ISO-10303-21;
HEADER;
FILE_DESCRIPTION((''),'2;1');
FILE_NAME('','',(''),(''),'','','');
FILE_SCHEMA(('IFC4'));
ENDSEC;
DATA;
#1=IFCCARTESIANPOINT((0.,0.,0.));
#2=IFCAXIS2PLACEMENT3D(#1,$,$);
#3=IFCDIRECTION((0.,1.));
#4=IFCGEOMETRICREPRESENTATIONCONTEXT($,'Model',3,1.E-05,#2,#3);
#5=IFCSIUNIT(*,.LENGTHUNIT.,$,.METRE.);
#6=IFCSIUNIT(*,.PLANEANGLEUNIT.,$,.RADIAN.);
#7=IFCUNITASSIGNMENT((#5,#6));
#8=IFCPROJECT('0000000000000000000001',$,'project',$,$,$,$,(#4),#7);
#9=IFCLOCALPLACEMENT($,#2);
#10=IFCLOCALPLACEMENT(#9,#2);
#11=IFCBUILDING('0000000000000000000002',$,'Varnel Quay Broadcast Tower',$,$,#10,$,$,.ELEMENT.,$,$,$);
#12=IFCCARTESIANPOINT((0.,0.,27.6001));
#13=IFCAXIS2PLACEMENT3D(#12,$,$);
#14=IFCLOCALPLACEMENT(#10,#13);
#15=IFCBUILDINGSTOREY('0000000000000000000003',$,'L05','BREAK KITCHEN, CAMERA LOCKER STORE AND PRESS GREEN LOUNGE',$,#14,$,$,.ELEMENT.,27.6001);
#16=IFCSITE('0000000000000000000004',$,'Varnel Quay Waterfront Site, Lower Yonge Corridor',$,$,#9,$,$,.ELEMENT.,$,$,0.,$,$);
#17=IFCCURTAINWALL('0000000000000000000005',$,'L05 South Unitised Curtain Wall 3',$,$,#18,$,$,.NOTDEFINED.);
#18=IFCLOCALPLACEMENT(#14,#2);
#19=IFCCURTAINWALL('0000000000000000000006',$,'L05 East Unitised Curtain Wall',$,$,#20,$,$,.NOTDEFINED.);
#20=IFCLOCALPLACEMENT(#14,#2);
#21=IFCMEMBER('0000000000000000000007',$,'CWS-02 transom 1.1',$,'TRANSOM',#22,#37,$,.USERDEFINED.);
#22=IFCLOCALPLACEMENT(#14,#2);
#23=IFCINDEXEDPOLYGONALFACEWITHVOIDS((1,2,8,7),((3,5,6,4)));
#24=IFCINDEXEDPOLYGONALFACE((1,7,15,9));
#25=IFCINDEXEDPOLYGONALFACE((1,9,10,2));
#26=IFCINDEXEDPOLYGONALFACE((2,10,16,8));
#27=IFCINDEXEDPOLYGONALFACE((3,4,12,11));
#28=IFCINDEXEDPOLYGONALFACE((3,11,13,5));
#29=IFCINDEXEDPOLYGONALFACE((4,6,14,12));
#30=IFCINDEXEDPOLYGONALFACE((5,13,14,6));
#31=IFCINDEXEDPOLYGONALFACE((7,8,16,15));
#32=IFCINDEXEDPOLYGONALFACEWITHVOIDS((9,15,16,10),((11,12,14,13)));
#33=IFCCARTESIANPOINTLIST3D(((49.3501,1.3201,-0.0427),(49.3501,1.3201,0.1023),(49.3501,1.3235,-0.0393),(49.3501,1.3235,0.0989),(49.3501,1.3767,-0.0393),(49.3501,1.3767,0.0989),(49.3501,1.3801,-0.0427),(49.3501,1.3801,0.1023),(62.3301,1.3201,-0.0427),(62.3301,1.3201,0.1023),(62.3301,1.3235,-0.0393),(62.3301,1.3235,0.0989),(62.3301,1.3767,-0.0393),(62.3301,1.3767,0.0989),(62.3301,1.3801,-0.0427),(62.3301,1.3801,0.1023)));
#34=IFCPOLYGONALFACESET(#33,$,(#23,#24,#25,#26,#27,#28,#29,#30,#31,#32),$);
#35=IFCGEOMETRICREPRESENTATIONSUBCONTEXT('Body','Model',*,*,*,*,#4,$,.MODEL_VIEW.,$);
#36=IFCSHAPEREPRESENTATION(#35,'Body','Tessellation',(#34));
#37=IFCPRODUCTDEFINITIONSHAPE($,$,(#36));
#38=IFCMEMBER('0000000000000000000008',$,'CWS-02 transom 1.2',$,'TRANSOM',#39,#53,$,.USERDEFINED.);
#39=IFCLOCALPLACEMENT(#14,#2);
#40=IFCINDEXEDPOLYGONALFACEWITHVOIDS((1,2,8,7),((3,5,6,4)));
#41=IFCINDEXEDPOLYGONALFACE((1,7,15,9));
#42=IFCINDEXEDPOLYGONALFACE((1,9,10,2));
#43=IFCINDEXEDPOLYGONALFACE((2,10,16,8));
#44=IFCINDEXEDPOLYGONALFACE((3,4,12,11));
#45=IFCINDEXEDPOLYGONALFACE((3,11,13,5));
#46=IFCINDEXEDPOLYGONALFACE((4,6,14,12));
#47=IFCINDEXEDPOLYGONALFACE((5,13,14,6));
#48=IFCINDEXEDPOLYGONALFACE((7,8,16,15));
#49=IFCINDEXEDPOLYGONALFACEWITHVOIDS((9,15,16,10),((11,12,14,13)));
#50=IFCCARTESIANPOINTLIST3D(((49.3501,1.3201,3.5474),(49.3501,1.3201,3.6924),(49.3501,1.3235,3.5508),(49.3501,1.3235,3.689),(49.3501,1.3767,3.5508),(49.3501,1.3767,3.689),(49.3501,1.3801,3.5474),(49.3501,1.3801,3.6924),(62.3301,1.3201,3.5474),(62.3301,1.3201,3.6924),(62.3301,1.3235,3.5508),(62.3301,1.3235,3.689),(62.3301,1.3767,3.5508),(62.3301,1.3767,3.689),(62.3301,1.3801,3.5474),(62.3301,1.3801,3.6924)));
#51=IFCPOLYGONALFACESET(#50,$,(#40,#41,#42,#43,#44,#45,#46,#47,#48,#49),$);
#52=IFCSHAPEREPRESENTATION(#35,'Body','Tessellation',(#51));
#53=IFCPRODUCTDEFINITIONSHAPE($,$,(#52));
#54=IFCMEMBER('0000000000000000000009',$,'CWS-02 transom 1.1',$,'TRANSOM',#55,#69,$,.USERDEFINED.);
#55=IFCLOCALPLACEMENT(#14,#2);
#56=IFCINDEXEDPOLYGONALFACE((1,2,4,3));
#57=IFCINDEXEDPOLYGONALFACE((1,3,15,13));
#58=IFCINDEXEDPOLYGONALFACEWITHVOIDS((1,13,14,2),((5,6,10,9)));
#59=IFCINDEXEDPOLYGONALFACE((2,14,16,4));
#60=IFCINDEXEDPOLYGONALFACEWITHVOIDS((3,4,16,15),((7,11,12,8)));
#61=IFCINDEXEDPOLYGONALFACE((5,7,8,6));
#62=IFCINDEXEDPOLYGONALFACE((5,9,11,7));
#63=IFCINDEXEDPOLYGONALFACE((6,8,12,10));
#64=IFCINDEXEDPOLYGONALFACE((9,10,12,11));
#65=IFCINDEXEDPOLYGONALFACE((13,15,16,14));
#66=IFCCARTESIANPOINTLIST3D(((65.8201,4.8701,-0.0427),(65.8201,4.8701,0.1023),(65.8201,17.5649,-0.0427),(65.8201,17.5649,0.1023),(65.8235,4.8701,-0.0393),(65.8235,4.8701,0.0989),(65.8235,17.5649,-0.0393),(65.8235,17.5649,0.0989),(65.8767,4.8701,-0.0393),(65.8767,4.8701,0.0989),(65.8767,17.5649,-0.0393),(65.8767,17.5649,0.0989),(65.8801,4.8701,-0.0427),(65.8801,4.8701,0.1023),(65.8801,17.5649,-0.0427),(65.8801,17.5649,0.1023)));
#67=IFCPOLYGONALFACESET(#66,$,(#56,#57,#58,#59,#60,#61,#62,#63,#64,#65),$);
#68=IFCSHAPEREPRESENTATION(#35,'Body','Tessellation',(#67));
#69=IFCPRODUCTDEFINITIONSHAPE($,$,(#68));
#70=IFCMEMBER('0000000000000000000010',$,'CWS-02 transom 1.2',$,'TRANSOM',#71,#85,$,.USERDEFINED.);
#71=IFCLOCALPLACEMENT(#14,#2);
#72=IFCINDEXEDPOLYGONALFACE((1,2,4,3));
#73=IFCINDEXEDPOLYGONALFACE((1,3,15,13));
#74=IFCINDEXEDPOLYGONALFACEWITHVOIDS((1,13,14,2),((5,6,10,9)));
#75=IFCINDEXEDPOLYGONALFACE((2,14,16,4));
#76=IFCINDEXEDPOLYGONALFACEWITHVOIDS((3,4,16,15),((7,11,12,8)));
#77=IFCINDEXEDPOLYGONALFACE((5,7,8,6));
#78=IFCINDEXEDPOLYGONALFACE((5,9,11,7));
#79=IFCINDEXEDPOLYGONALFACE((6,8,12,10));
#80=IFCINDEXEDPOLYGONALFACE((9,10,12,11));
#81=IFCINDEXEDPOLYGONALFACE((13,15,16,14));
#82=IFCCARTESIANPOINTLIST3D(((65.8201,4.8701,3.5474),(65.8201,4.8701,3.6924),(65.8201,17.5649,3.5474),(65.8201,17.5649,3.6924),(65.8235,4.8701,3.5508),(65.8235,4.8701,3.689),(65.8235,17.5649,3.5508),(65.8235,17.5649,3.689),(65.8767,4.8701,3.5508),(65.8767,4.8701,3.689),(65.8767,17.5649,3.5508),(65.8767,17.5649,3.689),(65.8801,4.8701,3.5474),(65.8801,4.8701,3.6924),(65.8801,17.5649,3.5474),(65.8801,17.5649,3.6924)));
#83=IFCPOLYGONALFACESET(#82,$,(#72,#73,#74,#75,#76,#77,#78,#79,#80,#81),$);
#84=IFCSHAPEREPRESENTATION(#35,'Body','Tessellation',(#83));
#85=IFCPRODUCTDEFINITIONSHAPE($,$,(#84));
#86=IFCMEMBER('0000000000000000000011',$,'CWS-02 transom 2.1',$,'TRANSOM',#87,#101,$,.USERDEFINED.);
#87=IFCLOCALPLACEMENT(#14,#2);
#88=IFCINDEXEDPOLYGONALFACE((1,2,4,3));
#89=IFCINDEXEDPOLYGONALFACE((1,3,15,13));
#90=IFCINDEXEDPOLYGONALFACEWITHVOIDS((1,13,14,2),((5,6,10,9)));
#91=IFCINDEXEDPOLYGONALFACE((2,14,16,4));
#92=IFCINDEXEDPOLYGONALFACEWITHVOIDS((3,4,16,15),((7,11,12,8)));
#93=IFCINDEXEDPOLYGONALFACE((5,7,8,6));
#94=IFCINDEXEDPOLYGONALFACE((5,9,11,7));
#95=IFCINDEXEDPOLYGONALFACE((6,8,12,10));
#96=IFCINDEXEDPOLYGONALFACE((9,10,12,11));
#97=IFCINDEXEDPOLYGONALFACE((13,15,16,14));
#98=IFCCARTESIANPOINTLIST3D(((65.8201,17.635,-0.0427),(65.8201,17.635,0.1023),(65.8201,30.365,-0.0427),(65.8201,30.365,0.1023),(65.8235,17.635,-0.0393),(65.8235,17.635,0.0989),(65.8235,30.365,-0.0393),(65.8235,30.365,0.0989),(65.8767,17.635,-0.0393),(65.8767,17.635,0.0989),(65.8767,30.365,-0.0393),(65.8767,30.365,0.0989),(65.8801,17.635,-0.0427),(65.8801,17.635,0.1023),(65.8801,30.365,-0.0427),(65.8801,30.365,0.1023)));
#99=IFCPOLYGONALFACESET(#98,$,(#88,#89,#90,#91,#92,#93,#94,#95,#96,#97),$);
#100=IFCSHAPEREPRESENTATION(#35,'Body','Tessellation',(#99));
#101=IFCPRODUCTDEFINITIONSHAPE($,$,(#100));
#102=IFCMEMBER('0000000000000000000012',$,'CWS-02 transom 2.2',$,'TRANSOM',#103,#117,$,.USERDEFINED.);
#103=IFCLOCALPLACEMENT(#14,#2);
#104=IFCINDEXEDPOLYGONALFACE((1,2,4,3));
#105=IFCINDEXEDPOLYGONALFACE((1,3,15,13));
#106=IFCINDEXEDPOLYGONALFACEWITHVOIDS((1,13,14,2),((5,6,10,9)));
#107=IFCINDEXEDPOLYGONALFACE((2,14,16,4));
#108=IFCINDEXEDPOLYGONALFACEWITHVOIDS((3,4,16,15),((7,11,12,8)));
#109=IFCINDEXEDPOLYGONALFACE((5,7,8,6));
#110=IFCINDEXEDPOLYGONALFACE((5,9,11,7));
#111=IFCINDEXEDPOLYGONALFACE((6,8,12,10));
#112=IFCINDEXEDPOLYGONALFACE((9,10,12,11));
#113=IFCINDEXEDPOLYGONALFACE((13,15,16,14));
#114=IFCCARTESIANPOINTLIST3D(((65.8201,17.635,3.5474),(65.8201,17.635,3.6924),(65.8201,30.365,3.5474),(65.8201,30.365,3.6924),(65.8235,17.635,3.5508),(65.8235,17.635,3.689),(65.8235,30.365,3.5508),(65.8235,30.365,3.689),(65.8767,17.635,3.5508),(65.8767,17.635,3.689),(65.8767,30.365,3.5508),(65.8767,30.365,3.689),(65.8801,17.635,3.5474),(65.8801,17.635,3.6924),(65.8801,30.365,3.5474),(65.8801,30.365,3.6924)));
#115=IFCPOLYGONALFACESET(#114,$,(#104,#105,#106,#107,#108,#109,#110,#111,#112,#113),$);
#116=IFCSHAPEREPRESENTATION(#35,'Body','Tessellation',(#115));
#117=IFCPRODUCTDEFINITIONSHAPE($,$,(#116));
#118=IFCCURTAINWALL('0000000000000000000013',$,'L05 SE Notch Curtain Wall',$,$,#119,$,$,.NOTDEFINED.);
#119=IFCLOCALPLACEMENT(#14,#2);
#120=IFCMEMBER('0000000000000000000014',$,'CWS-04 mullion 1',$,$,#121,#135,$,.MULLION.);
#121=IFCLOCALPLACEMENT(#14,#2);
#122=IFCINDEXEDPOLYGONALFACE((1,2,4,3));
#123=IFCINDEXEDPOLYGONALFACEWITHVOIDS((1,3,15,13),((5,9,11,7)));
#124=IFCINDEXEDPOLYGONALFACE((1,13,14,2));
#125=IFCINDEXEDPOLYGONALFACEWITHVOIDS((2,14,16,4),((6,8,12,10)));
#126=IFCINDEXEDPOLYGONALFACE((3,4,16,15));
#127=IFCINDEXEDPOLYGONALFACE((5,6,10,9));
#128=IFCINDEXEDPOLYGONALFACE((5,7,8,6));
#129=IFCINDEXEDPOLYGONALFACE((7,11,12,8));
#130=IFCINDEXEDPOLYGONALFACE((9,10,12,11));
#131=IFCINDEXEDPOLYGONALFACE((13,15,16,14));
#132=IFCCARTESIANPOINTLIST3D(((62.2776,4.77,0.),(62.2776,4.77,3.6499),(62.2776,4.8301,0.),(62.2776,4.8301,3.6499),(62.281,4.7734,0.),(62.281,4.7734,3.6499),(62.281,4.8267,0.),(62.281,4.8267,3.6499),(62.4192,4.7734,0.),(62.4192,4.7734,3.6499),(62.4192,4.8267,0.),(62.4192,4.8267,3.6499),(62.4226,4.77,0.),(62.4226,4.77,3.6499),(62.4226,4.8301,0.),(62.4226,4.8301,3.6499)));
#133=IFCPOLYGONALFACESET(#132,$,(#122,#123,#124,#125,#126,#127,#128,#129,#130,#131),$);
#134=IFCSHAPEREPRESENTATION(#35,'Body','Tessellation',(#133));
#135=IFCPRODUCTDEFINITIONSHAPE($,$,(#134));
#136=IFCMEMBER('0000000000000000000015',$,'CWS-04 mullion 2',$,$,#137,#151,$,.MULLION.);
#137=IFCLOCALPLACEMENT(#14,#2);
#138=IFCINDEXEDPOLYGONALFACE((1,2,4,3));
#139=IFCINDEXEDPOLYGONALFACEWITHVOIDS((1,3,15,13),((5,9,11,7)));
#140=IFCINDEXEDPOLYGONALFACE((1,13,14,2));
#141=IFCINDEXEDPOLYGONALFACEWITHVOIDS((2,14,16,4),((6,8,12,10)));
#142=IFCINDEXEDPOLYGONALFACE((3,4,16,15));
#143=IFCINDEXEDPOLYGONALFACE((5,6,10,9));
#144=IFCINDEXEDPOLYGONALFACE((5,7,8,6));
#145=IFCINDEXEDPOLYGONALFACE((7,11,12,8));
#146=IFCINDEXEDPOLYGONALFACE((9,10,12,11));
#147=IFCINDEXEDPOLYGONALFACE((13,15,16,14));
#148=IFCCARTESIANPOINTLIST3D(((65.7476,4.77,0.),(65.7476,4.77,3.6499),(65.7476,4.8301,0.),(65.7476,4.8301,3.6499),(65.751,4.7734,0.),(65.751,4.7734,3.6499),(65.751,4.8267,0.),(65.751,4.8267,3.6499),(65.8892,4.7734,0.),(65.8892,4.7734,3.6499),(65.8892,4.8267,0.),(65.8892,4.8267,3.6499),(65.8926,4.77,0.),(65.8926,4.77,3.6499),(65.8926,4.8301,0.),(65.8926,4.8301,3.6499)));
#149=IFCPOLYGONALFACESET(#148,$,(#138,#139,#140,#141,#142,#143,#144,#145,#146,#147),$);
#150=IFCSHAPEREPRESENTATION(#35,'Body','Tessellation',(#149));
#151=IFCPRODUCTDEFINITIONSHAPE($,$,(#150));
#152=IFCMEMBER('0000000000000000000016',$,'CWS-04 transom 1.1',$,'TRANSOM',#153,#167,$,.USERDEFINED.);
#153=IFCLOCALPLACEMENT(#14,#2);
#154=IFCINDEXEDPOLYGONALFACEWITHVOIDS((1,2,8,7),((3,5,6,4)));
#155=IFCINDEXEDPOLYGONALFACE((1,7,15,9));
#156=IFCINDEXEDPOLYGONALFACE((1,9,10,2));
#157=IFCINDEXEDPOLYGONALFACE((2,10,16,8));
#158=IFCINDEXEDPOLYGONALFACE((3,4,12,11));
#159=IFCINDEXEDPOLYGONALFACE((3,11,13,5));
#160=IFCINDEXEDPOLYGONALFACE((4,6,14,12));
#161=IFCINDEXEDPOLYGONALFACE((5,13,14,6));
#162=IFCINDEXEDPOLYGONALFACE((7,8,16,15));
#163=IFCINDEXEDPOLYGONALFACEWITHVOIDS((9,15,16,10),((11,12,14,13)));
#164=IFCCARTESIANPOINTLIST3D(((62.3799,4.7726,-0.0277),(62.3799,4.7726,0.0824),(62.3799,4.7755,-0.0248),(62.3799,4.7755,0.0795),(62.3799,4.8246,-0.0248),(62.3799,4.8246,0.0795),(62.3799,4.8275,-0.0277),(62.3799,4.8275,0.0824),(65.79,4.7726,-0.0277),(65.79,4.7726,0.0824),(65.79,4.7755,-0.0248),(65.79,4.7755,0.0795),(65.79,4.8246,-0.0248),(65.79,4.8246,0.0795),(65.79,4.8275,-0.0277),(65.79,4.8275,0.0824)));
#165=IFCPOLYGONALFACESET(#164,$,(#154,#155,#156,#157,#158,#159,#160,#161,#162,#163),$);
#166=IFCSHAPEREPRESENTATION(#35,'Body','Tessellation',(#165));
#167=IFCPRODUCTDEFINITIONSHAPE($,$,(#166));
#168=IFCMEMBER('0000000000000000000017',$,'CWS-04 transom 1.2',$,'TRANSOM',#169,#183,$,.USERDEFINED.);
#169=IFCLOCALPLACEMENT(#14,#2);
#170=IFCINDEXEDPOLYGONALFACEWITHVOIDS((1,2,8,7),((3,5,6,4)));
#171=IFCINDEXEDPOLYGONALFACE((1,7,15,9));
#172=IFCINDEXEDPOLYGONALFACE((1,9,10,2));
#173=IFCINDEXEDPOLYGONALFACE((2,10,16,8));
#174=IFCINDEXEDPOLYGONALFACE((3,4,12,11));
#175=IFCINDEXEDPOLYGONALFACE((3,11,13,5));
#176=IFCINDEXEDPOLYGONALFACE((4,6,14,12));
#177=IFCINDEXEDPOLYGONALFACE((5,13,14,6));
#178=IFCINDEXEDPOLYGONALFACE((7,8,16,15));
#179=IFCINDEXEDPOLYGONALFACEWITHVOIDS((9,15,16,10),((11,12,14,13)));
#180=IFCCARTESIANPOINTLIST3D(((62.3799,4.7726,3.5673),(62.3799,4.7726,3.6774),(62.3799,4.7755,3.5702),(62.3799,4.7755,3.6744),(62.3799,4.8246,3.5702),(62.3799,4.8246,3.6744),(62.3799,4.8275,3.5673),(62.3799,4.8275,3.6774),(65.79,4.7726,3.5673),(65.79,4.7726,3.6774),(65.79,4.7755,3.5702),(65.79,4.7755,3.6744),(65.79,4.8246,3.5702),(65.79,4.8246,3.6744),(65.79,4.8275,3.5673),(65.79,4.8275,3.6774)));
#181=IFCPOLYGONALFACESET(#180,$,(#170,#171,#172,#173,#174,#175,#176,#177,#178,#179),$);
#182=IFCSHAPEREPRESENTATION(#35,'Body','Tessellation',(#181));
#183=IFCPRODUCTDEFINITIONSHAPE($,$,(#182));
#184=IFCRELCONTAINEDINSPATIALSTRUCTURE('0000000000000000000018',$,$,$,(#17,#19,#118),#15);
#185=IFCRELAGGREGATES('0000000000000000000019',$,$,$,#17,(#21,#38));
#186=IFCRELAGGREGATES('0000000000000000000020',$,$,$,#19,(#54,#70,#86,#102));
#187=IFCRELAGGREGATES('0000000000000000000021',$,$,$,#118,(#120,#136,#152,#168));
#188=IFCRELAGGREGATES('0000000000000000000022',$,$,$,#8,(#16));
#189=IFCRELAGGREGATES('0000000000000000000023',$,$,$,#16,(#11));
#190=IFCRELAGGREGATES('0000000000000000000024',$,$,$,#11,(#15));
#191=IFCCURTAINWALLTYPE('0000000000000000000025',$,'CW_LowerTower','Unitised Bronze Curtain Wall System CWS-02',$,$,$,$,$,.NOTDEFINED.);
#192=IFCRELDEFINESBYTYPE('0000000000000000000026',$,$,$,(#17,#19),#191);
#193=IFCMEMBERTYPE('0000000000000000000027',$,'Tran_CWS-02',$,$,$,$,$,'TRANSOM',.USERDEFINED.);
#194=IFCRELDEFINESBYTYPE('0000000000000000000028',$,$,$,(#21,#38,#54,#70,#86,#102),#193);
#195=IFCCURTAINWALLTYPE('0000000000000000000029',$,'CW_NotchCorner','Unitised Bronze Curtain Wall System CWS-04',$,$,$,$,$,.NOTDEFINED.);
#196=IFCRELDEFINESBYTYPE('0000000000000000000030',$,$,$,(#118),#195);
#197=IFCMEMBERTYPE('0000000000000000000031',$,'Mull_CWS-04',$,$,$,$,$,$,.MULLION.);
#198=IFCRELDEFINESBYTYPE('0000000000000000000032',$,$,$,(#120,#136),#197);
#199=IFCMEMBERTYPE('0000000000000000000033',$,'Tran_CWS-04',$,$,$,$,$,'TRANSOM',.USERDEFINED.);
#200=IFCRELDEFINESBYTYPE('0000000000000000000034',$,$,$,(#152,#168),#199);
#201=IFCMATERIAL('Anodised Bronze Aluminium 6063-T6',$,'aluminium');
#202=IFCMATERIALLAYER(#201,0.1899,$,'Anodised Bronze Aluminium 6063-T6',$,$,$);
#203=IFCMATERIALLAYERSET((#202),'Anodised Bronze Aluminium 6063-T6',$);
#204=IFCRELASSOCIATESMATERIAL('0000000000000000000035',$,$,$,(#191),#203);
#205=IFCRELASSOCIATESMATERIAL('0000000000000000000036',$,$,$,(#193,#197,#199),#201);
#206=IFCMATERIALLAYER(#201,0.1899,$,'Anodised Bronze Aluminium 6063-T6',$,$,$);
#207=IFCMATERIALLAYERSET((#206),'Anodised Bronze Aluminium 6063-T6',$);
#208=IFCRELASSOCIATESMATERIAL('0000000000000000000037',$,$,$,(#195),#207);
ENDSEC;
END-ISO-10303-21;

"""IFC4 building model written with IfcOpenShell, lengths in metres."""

from ifc_helpers import new_model, si_unit, direction, frame, origin, origin_2d, place, context, subcontext, project, spatial, hollow_rectangle, extrude, source, transform, mapped, material, layer, layer_set, material_profile, profile_set, type_object, type_shapes, element, aggregate, save


model = new_model("IFC4")

# Units and contexts
model_context = context("Model", 3, precision=1e-05, world=origin(), true_north=direction((0.0, 1.0)))
body_context = subcontext(model_context, "Body", "Model", "MODEL_VIEW")
ifc_project = project(units=[si_unit("LENGTHUNIT", "METRE"), si_unit("PLANEANGLEUNIT", "RADIAN")], contexts=[model_context])

# Site, building, storey
site_placement = place(None, origin())
site = spatial("IfcSite", under=ifc_project, at=site_placement, Name="Varnel Quay Waterfront Site, Lower Yonge Corridor", CompositionType="ELEMENT", RefElevation=0.0)
building_placement = place(site_placement, origin())
building = spatial("IfcBuilding", under=site, at=building_placement, Name="Varnel Quay Broadcast Tower", CompositionType="ELEMENT")
storey_placement = place(building_placement, frame((0.0, 0.0, 27.6001)))
storey = spatial("IfcBuildingStorey", under=building, at=storey_placement, Name="L05", Description="BREAK KITCHEN, CAMERA LOCKER STORE AND PRESS GREEN LOUNGE", CompositionType="ELEMENT", Elevation=27.6001)

# Curtain wall
ifc_material_1 = material(Name="Anodised Bronze Aluminium 6063-T6", Category="aluminium")
ifc_layer_1 = layer(ifc_material_1, 0.1899, Name="Anodised Bronze Aluminium 6063-T6")
ifc_layer_set_1 = layer_set([ifc_layer_1], Name="Anodised Bronze Aluminium 6063-T6")
curtain_wall_type_1 = type_object("IfcCurtainWallType", Name="CW_LowerTower", Description="Unitised Bronze Curtain Wall System CWS-02", PredefinedType="NOTDEFINED", material=ifc_layer_set_1)
curtain_wall_1_placement = place(storey_placement, origin())
curtain_wall_1 = element("IfcCurtainWall", 1, at=curtain_wall_1_placement, inside=storey, type_object=curtain_wall_type_1, Name="L05 South Unitised Curtain Wall 3", PredefinedType="NOTDEFINED")

# Curtain wall
curtain_wall_2_placement = place(storey_placement, origin())
curtain_wall_2 = element("IfcCurtainWall", 2, at=curtain_wall_2_placement, inside=storey, type_object=curtain_wall_type_1, Name="L05 East Unitised Curtain Wall", PredefinedType="NOTDEFINED")

# Members
ifc_material_profile_1 = material_profile(ifc_material_1, hollow_rectangle(XDim=0.0601, YDim=0.145, WallThickness=0.0034, at=origin_2d()), Name="ALU60X145X3.5")
ifc_profile_set_1 = profile_set([ifc_material_profile_1], Name="Anodised Bronze Aluminium 6063-T6")
member_type_1 = type_object("IfcMemberType", Name="Tran_CWS-02", ElementType="TRANSOM", PredefinedType="USERDEFINED", material=ifc_profile_set_1)
shared_shape_1 = source(origin(), body_context, "Body", "SweptSolid", [
    extrude(hollow_rectangle(XDim=0.0601, YDim=0.145, WallThickness=0.0034, at=origin_2d()), origin(), (0.0, 0.0, 1.0), 12.98),
])
member_1_placement = place(storey_placement, frame((49.3501, 1.3501, 0.0298), z_axis=(1.0, 0.0, 0.0), x_axis=(0.0, 1.0, 0.0)))
member_1 = element("IfcMember", 3, at=member_1_placement, type_object=member_type_1, Name="CWS-02 transom 1.1", ObjectType="TRANSOM", PredefinedType="USERDEFINED", context=body_context, shape_type="MappedRepresentation", body=[
    mapped(shared_shape_1, transform((0.0, 0.0, 0.0), x_axis=(1.0, 0.0, 0.0), y_axis=(0.0, 1.0, 0.0), z_axis=(0.0, 0.0, 1.0), scale=1.0)),
])
member_2_placement = place(storey_placement, frame((49.3501, 1.3501, 3.6199), z_axis=(1.0, 0.0, 0.0), x_axis=(0.0, 1.0, 0.0)))
member_2 = element("IfcMember", 4, at=member_2_placement, type_object=member_type_1, Name="CWS-02 transom 1.2", ObjectType="TRANSOM", PredefinedType="USERDEFINED", context=body_context, shape_type="MappedRepresentation", body=[
    mapped(shared_shape_1, transform((0.0, 0.0, 0.0), x_axis=(1.0, 0.0, 0.0), y_axis=(0.0, 1.0, 0.0), z_axis=(0.0, 0.0, 1.0), scale=1.0)),
])
shared_shape_2 = source(origin(), body_context, "Body", "SweptSolid", [
    extrude(hollow_rectangle(XDim=0.0601, YDim=0.145, WallThickness=0.0034, at=origin_2d()), origin(), (0.0, 0.0, 1.0), 12.6948),
])
member_3_placement = place(storey_placement, frame((65.8501, 4.8701, 0.0298), z_axis=(0.0, 1.0, 0.0), x_axis=(-1.0, 0.0, 0.0)))
member_3 = element("IfcMember", 5, at=member_3_placement, type_object=member_type_1, Name="CWS-02 transom 1.1", ObjectType="TRANSOM", PredefinedType="USERDEFINED", context=body_context, shape_type="MappedRepresentation", body=[
    mapped(shared_shape_2, transform((0.0, 0.0, 0.0), x_axis=(1.0, 0.0, 0.0), y_axis=(0.0, 1.0, 0.0), z_axis=(0.0, 0.0, 1.0), scale=1.0)),
])
member_4_placement = place(storey_placement, frame((65.8501, 4.8701, 3.6199), z_axis=(0.0, 1.0, 0.0), x_axis=(-1.0, 0.0, 0.0)))
member_4 = element("IfcMember", 6, at=member_4_placement, type_object=member_type_1, Name="CWS-02 transom 1.2", ObjectType="TRANSOM", PredefinedType="USERDEFINED", context=body_context, shape_type="MappedRepresentation", body=[
    mapped(shared_shape_2, transform((0.0, 0.0, 0.0), x_axis=(1.0, 0.0, 0.0), y_axis=(0.0, 1.0, 0.0), z_axis=(0.0, 0.0, 1.0), scale=1.0)),
])
shared_shape_3 = source(origin(), body_context, "Body", "SweptSolid", [
    extrude(hollow_rectangle(XDim=0.0601, YDim=0.145, WallThickness=0.0034, at=origin_2d()), origin(), (0.0, 0.0, 1.0), 12.73),
])
type_shapes(member_type_1, [shared_shape_1, shared_shape_2, shared_shape_3])
member_5_placement = place(storey_placement, frame((65.8501, 17.635, 0.0298), z_axis=(0.0, 1.0, 0.0), x_axis=(-1.0, 0.0, 0.0)))
member_5 = element("IfcMember", 7, at=member_5_placement, type_object=member_type_1, Name="CWS-02 transom 2.1", ObjectType="TRANSOM", PredefinedType="USERDEFINED", context=body_context, shape_type="MappedRepresentation", body=[
    mapped(shared_shape_3, transform((0.0, 0.0, 0.0), x_axis=(1.0, 0.0, 0.0), y_axis=(0.0, 1.0, 0.0), z_axis=(0.0, 0.0, 1.0), scale=1.0)),
])
member_6_placement = place(storey_placement, frame((65.8501, 17.635, 3.6199), z_axis=(0.0, 1.0, 0.0), x_axis=(-1.0, 0.0, 0.0)))
member_6 = element("IfcMember", 8, at=member_6_placement, type_object=member_type_1, Name="CWS-02 transom 2.2", ObjectType="TRANSOM", PredefinedType="USERDEFINED", context=body_context, shape_type="MappedRepresentation", body=[
    mapped(shared_shape_3, transform((0.0, 0.0, 0.0), x_axis=(1.0, 0.0, 0.0), y_axis=(0.0, 1.0, 0.0), z_axis=(0.0, 0.0, 1.0), scale=1.0)),
])

# Curtain wall, members
ifc_layer_2 = layer(ifc_material_1, 0.1899, Name="Anodised Bronze Aluminium 6063-T6")
ifc_layer_set_2 = layer_set([ifc_layer_2], Name="Anodised Bronze Aluminium 6063-T6")
curtain_wall_type_2 = type_object("IfcCurtainWallType", Name="CW_NotchCorner", Description="Unitised Bronze Curtain Wall System CWS-04", PredefinedType="NOTDEFINED", material=ifc_layer_set_2)
curtain_wall_3_placement = place(storey_placement, origin())
curtain_wall_3 = element("IfcCurtainWall", 9, at=curtain_wall_3_placement, inside=storey, type_object=curtain_wall_type_2, Name="L05 SE Notch Curtain Wall", PredefinedType="NOTDEFINED")
ifc_material_profile_2 = material_profile(ifc_material_1, hollow_rectangle(XDim=0.0601, YDim=0.145, WallThickness=0.0034, at=origin_2d()), Name="ALU60X145X3.5")
ifc_profile_set_2 = profile_set([ifc_material_profile_2], Name="Anodised Bronze Aluminium 6063-T6")
member_type_2 = type_object("IfcMemberType", Name="Mull_CWS-04", PredefinedType="MULLION", material=ifc_profile_set_2)
shared_shape_4 = source(origin(), body_context, "Body", "SweptSolid", [
    extrude(hollow_rectangle(XDim=0.0601, YDim=0.145, WallThickness=0.0034, at=origin_2d()), origin(), (0.0, 0.0, 1.0), 3.6499),
])
type_shapes(member_type_2, [shared_shape_4])
member_7_placement = place(storey_placement, frame((62.3501, 4.8, 0.0), z_axis=(0.0, 0.0, 1.0), x_axis=(0.0, 1.0, 0.0)))
member_7 = element("IfcMember", 10, at=member_7_placement, type_object=member_type_2, Name="CWS-04 mullion 1", PredefinedType="MULLION", context=body_context, shape_type="MappedRepresentation", body=[
    mapped(shared_shape_4, transform((0.0, 0.0, 0.0), x_axis=(1.0, 0.0, 0.0), y_axis=(0.0, 1.0, 0.0), z_axis=(0.0, 0.0, 1.0), scale=1.0)),
])
member_8_placement = place(storey_placement, frame((65.8201, 4.8, 0.0), z_axis=(0.0, 0.0, 1.0), x_axis=(0.0, 1.0, 0.0)))
member_8 = element("IfcMember", 11, at=member_8_placement, type_object=member_type_2, Name="CWS-04 mullion 2", PredefinedType="MULLION", context=body_context, shape_type="MappedRepresentation", body=[
    mapped(shared_shape_4, transform((0.0, 0.0, 0.0), x_axis=(1.0, 0.0, 0.0), y_axis=(0.0, 1.0, 0.0), z_axis=(0.0, 0.0, 1.0), scale=1.0)),
])
ifc_material_profile_3 = material_profile(ifc_material_1, hollow_rectangle(XDim=0.0549, YDim=0.1101, WallThickness=0.0029, at=origin_2d()), Name="ALU55X110X3")
ifc_profile_set_3 = profile_set([ifc_material_profile_3], Name="Anodised Bronze Aluminium 6063-T6")
member_type_3 = type_object("IfcMemberType", Name="Tran_CWS-04", ElementType="TRANSOM", PredefinedType="USERDEFINED", material=ifc_profile_set_3)
shared_shape_5 = source(origin(), body_context, "Body", "SweptSolid", [
    extrude(hollow_rectangle(XDim=0.0549, YDim=0.1101, WallThickness=0.0029, at=origin_2d()), origin(), (0.0, 0.0, 1.0), 3.4102),
])
type_shapes(member_type_3, [shared_shape_5])
member_9_placement = place(storey_placement, frame((62.3799, 4.8, 0.0273), z_axis=(1.0, 0.0, 0.0), x_axis=(0.0, 1.0, 0.0)))
member_9 = element("IfcMember", 12, at=member_9_placement, type_object=member_type_3, Name="CWS-04 transom 1.1", ObjectType="TRANSOM", PredefinedType="USERDEFINED", context=body_context, shape_type="MappedRepresentation", body=[
    mapped(shared_shape_5, transform((0.0, 0.0, 0.0), x_axis=(1.0, 0.0, 0.0), y_axis=(0.0, 1.0, 0.0), z_axis=(0.0, 0.0, 1.0), scale=1.0)),
])
member_10_placement = place(storey_placement, frame((62.3799, 4.8, 3.6223), z_axis=(1.0, 0.0, 0.0), x_axis=(0.0, 1.0, 0.0)))
member_10 = element("IfcMember", 13, at=member_10_placement, type_object=member_type_3, Name="CWS-04 transom 1.2", ObjectType="TRANSOM", PredefinedType="USERDEFINED", context=body_context, shape_type="MappedRepresentation", body=[
    mapped(shared_shape_5, transform((0.0, 0.0, 0.0), x_axis=(1.0, 0.0, 0.0), y_axis=(0.0, 1.0, 0.0), z_axis=(0.0, 0.0, 1.0), scale=1.0)),
])

aggregate(curtain_wall_1, [member_1, member_2])
aggregate(curtain_wall_2, [member_3, member_4, member_5, member_6])
aggregate(curtain_wall_3, [member_7, member_8, member_9, member_10])

save(model, "model.ifc")
